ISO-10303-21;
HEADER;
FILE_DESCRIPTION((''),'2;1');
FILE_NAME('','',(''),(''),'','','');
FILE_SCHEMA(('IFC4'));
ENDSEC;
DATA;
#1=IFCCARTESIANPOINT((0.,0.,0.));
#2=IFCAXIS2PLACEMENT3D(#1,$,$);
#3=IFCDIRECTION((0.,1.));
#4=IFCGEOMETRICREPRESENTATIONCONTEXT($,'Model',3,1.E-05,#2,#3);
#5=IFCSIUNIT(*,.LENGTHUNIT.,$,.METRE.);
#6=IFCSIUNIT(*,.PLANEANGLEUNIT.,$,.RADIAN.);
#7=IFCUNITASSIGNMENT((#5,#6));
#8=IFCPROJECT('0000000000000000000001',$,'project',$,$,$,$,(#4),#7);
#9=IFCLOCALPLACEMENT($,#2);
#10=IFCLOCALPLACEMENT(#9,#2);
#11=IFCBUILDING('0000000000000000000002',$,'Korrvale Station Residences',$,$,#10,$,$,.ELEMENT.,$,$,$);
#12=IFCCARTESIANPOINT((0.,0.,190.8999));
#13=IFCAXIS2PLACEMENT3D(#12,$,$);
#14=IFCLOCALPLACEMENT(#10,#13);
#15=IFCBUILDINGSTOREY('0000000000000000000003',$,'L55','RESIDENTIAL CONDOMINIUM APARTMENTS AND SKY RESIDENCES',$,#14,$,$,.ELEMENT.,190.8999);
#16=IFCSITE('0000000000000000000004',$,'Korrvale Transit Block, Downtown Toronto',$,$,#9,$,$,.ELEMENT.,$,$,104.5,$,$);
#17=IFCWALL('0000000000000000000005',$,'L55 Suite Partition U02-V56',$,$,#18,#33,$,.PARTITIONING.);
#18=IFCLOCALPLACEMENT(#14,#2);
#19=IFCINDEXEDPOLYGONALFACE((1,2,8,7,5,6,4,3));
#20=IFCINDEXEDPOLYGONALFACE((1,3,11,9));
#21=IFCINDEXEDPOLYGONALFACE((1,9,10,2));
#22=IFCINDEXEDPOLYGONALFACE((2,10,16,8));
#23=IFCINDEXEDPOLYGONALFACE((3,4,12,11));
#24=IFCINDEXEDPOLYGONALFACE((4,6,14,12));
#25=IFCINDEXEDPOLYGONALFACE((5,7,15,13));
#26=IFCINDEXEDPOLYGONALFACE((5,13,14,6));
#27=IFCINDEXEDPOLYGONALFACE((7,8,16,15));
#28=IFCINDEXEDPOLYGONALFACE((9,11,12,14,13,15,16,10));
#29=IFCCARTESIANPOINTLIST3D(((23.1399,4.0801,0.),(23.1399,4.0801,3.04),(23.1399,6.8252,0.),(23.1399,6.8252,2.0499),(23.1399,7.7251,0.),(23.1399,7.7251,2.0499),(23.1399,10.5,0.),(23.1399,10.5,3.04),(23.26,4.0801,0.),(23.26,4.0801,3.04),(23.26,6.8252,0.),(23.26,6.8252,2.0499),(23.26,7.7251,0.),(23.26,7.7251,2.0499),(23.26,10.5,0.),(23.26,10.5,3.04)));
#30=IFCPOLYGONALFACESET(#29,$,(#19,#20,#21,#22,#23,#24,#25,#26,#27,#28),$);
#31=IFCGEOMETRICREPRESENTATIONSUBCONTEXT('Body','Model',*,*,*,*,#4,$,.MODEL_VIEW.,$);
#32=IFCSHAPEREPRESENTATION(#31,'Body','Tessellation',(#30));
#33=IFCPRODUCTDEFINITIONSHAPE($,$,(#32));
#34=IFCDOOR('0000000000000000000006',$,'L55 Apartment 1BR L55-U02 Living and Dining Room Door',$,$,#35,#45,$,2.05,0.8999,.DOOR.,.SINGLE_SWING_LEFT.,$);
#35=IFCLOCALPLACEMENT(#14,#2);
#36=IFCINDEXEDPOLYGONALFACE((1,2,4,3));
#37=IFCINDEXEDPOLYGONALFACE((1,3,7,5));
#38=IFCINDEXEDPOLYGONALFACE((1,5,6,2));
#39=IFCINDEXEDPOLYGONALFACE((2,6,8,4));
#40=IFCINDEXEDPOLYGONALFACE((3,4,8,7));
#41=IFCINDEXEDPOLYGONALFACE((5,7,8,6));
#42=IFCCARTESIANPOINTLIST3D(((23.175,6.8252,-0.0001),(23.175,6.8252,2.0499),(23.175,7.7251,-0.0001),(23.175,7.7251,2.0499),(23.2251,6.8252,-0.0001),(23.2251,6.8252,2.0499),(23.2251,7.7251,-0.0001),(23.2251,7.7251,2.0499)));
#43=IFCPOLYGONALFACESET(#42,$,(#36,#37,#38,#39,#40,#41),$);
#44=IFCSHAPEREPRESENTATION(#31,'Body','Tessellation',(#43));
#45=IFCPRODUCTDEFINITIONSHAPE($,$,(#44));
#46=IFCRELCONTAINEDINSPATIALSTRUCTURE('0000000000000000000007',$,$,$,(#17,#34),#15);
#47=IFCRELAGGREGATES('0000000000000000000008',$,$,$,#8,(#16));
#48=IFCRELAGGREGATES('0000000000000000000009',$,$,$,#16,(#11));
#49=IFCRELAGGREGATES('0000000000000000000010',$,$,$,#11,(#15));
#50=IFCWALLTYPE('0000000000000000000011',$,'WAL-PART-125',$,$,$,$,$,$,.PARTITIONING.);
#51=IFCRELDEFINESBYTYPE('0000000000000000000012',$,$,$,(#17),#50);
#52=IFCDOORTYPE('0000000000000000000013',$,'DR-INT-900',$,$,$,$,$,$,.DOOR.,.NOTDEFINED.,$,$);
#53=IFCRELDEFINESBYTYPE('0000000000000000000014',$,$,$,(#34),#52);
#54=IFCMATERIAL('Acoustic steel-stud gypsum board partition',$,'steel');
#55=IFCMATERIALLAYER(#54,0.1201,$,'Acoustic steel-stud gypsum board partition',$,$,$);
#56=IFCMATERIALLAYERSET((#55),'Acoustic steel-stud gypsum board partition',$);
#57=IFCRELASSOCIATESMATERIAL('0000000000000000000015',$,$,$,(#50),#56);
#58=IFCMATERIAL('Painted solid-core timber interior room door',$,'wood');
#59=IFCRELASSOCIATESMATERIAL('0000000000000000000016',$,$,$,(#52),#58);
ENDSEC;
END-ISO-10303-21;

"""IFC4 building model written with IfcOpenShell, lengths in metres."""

from ifc_helpers import new_model, si_unit, direction, frame, frame_2d, origin, place, context, subcontext, project, spatial, rectangle, extrude, material, layer, layer_set, type_object, element, fill, save


model = new_model("IFC4")

# Units and contexts
model_context = context("Model", 3, precision=1e-05, world=origin(), true_north=direction((0.0, 1.0)))
body_context = subcontext(model_context, "Body", "Model", "MODEL_VIEW")
ifc_project = project(units=[si_unit("LENGTHUNIT", "METRE"), si_unit("PLANEANGLEUNIT", "RADIAN")], contexts=[model_context])

# Site, building, storey
site_placement = place(None, origin())
site = spatial("IfcSite", under=ifc_project, at=site_placement, Name="Korrvale Transit Block, Downtown Toronto", CompositionType="ELEMENT", RefElevation=104.5)
building_placement = place(site_placement, origin())
building = spatial("IfcBuilding", under=site, at=building_placement, Name="Korrvale Station Residences", CompositionType="ELEMENT")
storey_placement = place(building_placement, frame((0.0, 0.0, 190.8999)))
storey = spatial("IfcBuildingStorey", under=building, at=storey_placement, Name="L55", Description="RESIDENTIAL CONDOMINIUM APARTMENTS AND SKY RESIDENCES", CompositionType="ELEMENT", Elevation=190.8999)

# Shared definitions
ifc_material_1 = material(Name="Acoustic steel-stud gypsum board partition", Category="steel")
ifc_layer_1 = layer(ifc_material_1, 0.1201, Name="Acoustic steel-stud gypsum board partition")
ifc_layer_set_1 = layer_set([ifc_layer_1], Name="Acoustic steel-stud gypsum board partition")
wall_type_1 = type_object("IfcWallType", Name="WAL-PART-125", PredefinedType="PARTITIONING", material=ifc_layer_set_1)

# Wall, opening, door
ifc_material_2 = material(Name="Painted solid-core timber interior room door", Category="wood")
door_type_1 = type_object("IfcDoorType", Name="DR-INT-900", OperationType="NOTDEFINED", PredefinedType="DOOR", material=ifc_material_2)
wall_1_placement = place(storey_placement, frame((23.2, 4.0801, 0.0), z_axis=(0.0, 0.0, 1.0), x_axis=(0.0, 1.0, 0.0)))
wall_1 = element("IfcWall", 1, at=wall_1_placement, inside=storey, type_object=wall_type_1, Name="L55 Suite Partition U02-V56", PredefinedType="PARTITIONING", context=body_context, shape_type="SweptSolid", body=[
    extrude(rectangle(XDim=6.4199, YDim=0.1201, at=frame_2d((3.21, 0.0))), origin(), (0.0, 0.0, 1.0), 3.04),
])
opening_1_placement = place(wall_1_placement, frame((2.7451, 0.0, 0.0)))
opening_1 = element("IfcOpeningElement", 2, at=opening_1_placement, cuts=wall_1, PredefinedType="OPENING", context=body_context, shape_type="SweptSolid", body=[
    extrude(rectangle(XDim=0.8999, YDim=2.05, at=frame_2d((0.45, 1.0249))), frame((0.0, 0.0701, 0.0), z_axis=(0.0, -1.0, 0.0), x_axis=(1.0, 0.0, 0.0)), (0.0, 0.0, 1.0), 0.1401),
])
door_1_placement = place(opening_1_placement, origin())
door_1 = element("IfcDoor", 3, at=door_1_placement, inside=storey, type_object=door_type_1, Name="L55 Apartment 1BR L55-U02 Living and Dining Room Door", OperationType="SINGLE_SWING_LEFT", OverallHeight=2.05, OverallWidth=0.8999, PredefinedType="DOOR", context=body_context, shape_type="SweptSolid", body=[
    extrude(rectangle(XDim=0.8999, YDim=2.05, at=frame_2d((0.45, 1.0249))), frame((0.0, 0.0249, 0.0), z_axis=(0.0, -1.0, 0.0), x_axis=(1.0, 0.0, 0.0)), (0.0, 0.0, 1.0), 0.05),
])
fill(opening_1, door_1)

save(model, "model.ifc")
